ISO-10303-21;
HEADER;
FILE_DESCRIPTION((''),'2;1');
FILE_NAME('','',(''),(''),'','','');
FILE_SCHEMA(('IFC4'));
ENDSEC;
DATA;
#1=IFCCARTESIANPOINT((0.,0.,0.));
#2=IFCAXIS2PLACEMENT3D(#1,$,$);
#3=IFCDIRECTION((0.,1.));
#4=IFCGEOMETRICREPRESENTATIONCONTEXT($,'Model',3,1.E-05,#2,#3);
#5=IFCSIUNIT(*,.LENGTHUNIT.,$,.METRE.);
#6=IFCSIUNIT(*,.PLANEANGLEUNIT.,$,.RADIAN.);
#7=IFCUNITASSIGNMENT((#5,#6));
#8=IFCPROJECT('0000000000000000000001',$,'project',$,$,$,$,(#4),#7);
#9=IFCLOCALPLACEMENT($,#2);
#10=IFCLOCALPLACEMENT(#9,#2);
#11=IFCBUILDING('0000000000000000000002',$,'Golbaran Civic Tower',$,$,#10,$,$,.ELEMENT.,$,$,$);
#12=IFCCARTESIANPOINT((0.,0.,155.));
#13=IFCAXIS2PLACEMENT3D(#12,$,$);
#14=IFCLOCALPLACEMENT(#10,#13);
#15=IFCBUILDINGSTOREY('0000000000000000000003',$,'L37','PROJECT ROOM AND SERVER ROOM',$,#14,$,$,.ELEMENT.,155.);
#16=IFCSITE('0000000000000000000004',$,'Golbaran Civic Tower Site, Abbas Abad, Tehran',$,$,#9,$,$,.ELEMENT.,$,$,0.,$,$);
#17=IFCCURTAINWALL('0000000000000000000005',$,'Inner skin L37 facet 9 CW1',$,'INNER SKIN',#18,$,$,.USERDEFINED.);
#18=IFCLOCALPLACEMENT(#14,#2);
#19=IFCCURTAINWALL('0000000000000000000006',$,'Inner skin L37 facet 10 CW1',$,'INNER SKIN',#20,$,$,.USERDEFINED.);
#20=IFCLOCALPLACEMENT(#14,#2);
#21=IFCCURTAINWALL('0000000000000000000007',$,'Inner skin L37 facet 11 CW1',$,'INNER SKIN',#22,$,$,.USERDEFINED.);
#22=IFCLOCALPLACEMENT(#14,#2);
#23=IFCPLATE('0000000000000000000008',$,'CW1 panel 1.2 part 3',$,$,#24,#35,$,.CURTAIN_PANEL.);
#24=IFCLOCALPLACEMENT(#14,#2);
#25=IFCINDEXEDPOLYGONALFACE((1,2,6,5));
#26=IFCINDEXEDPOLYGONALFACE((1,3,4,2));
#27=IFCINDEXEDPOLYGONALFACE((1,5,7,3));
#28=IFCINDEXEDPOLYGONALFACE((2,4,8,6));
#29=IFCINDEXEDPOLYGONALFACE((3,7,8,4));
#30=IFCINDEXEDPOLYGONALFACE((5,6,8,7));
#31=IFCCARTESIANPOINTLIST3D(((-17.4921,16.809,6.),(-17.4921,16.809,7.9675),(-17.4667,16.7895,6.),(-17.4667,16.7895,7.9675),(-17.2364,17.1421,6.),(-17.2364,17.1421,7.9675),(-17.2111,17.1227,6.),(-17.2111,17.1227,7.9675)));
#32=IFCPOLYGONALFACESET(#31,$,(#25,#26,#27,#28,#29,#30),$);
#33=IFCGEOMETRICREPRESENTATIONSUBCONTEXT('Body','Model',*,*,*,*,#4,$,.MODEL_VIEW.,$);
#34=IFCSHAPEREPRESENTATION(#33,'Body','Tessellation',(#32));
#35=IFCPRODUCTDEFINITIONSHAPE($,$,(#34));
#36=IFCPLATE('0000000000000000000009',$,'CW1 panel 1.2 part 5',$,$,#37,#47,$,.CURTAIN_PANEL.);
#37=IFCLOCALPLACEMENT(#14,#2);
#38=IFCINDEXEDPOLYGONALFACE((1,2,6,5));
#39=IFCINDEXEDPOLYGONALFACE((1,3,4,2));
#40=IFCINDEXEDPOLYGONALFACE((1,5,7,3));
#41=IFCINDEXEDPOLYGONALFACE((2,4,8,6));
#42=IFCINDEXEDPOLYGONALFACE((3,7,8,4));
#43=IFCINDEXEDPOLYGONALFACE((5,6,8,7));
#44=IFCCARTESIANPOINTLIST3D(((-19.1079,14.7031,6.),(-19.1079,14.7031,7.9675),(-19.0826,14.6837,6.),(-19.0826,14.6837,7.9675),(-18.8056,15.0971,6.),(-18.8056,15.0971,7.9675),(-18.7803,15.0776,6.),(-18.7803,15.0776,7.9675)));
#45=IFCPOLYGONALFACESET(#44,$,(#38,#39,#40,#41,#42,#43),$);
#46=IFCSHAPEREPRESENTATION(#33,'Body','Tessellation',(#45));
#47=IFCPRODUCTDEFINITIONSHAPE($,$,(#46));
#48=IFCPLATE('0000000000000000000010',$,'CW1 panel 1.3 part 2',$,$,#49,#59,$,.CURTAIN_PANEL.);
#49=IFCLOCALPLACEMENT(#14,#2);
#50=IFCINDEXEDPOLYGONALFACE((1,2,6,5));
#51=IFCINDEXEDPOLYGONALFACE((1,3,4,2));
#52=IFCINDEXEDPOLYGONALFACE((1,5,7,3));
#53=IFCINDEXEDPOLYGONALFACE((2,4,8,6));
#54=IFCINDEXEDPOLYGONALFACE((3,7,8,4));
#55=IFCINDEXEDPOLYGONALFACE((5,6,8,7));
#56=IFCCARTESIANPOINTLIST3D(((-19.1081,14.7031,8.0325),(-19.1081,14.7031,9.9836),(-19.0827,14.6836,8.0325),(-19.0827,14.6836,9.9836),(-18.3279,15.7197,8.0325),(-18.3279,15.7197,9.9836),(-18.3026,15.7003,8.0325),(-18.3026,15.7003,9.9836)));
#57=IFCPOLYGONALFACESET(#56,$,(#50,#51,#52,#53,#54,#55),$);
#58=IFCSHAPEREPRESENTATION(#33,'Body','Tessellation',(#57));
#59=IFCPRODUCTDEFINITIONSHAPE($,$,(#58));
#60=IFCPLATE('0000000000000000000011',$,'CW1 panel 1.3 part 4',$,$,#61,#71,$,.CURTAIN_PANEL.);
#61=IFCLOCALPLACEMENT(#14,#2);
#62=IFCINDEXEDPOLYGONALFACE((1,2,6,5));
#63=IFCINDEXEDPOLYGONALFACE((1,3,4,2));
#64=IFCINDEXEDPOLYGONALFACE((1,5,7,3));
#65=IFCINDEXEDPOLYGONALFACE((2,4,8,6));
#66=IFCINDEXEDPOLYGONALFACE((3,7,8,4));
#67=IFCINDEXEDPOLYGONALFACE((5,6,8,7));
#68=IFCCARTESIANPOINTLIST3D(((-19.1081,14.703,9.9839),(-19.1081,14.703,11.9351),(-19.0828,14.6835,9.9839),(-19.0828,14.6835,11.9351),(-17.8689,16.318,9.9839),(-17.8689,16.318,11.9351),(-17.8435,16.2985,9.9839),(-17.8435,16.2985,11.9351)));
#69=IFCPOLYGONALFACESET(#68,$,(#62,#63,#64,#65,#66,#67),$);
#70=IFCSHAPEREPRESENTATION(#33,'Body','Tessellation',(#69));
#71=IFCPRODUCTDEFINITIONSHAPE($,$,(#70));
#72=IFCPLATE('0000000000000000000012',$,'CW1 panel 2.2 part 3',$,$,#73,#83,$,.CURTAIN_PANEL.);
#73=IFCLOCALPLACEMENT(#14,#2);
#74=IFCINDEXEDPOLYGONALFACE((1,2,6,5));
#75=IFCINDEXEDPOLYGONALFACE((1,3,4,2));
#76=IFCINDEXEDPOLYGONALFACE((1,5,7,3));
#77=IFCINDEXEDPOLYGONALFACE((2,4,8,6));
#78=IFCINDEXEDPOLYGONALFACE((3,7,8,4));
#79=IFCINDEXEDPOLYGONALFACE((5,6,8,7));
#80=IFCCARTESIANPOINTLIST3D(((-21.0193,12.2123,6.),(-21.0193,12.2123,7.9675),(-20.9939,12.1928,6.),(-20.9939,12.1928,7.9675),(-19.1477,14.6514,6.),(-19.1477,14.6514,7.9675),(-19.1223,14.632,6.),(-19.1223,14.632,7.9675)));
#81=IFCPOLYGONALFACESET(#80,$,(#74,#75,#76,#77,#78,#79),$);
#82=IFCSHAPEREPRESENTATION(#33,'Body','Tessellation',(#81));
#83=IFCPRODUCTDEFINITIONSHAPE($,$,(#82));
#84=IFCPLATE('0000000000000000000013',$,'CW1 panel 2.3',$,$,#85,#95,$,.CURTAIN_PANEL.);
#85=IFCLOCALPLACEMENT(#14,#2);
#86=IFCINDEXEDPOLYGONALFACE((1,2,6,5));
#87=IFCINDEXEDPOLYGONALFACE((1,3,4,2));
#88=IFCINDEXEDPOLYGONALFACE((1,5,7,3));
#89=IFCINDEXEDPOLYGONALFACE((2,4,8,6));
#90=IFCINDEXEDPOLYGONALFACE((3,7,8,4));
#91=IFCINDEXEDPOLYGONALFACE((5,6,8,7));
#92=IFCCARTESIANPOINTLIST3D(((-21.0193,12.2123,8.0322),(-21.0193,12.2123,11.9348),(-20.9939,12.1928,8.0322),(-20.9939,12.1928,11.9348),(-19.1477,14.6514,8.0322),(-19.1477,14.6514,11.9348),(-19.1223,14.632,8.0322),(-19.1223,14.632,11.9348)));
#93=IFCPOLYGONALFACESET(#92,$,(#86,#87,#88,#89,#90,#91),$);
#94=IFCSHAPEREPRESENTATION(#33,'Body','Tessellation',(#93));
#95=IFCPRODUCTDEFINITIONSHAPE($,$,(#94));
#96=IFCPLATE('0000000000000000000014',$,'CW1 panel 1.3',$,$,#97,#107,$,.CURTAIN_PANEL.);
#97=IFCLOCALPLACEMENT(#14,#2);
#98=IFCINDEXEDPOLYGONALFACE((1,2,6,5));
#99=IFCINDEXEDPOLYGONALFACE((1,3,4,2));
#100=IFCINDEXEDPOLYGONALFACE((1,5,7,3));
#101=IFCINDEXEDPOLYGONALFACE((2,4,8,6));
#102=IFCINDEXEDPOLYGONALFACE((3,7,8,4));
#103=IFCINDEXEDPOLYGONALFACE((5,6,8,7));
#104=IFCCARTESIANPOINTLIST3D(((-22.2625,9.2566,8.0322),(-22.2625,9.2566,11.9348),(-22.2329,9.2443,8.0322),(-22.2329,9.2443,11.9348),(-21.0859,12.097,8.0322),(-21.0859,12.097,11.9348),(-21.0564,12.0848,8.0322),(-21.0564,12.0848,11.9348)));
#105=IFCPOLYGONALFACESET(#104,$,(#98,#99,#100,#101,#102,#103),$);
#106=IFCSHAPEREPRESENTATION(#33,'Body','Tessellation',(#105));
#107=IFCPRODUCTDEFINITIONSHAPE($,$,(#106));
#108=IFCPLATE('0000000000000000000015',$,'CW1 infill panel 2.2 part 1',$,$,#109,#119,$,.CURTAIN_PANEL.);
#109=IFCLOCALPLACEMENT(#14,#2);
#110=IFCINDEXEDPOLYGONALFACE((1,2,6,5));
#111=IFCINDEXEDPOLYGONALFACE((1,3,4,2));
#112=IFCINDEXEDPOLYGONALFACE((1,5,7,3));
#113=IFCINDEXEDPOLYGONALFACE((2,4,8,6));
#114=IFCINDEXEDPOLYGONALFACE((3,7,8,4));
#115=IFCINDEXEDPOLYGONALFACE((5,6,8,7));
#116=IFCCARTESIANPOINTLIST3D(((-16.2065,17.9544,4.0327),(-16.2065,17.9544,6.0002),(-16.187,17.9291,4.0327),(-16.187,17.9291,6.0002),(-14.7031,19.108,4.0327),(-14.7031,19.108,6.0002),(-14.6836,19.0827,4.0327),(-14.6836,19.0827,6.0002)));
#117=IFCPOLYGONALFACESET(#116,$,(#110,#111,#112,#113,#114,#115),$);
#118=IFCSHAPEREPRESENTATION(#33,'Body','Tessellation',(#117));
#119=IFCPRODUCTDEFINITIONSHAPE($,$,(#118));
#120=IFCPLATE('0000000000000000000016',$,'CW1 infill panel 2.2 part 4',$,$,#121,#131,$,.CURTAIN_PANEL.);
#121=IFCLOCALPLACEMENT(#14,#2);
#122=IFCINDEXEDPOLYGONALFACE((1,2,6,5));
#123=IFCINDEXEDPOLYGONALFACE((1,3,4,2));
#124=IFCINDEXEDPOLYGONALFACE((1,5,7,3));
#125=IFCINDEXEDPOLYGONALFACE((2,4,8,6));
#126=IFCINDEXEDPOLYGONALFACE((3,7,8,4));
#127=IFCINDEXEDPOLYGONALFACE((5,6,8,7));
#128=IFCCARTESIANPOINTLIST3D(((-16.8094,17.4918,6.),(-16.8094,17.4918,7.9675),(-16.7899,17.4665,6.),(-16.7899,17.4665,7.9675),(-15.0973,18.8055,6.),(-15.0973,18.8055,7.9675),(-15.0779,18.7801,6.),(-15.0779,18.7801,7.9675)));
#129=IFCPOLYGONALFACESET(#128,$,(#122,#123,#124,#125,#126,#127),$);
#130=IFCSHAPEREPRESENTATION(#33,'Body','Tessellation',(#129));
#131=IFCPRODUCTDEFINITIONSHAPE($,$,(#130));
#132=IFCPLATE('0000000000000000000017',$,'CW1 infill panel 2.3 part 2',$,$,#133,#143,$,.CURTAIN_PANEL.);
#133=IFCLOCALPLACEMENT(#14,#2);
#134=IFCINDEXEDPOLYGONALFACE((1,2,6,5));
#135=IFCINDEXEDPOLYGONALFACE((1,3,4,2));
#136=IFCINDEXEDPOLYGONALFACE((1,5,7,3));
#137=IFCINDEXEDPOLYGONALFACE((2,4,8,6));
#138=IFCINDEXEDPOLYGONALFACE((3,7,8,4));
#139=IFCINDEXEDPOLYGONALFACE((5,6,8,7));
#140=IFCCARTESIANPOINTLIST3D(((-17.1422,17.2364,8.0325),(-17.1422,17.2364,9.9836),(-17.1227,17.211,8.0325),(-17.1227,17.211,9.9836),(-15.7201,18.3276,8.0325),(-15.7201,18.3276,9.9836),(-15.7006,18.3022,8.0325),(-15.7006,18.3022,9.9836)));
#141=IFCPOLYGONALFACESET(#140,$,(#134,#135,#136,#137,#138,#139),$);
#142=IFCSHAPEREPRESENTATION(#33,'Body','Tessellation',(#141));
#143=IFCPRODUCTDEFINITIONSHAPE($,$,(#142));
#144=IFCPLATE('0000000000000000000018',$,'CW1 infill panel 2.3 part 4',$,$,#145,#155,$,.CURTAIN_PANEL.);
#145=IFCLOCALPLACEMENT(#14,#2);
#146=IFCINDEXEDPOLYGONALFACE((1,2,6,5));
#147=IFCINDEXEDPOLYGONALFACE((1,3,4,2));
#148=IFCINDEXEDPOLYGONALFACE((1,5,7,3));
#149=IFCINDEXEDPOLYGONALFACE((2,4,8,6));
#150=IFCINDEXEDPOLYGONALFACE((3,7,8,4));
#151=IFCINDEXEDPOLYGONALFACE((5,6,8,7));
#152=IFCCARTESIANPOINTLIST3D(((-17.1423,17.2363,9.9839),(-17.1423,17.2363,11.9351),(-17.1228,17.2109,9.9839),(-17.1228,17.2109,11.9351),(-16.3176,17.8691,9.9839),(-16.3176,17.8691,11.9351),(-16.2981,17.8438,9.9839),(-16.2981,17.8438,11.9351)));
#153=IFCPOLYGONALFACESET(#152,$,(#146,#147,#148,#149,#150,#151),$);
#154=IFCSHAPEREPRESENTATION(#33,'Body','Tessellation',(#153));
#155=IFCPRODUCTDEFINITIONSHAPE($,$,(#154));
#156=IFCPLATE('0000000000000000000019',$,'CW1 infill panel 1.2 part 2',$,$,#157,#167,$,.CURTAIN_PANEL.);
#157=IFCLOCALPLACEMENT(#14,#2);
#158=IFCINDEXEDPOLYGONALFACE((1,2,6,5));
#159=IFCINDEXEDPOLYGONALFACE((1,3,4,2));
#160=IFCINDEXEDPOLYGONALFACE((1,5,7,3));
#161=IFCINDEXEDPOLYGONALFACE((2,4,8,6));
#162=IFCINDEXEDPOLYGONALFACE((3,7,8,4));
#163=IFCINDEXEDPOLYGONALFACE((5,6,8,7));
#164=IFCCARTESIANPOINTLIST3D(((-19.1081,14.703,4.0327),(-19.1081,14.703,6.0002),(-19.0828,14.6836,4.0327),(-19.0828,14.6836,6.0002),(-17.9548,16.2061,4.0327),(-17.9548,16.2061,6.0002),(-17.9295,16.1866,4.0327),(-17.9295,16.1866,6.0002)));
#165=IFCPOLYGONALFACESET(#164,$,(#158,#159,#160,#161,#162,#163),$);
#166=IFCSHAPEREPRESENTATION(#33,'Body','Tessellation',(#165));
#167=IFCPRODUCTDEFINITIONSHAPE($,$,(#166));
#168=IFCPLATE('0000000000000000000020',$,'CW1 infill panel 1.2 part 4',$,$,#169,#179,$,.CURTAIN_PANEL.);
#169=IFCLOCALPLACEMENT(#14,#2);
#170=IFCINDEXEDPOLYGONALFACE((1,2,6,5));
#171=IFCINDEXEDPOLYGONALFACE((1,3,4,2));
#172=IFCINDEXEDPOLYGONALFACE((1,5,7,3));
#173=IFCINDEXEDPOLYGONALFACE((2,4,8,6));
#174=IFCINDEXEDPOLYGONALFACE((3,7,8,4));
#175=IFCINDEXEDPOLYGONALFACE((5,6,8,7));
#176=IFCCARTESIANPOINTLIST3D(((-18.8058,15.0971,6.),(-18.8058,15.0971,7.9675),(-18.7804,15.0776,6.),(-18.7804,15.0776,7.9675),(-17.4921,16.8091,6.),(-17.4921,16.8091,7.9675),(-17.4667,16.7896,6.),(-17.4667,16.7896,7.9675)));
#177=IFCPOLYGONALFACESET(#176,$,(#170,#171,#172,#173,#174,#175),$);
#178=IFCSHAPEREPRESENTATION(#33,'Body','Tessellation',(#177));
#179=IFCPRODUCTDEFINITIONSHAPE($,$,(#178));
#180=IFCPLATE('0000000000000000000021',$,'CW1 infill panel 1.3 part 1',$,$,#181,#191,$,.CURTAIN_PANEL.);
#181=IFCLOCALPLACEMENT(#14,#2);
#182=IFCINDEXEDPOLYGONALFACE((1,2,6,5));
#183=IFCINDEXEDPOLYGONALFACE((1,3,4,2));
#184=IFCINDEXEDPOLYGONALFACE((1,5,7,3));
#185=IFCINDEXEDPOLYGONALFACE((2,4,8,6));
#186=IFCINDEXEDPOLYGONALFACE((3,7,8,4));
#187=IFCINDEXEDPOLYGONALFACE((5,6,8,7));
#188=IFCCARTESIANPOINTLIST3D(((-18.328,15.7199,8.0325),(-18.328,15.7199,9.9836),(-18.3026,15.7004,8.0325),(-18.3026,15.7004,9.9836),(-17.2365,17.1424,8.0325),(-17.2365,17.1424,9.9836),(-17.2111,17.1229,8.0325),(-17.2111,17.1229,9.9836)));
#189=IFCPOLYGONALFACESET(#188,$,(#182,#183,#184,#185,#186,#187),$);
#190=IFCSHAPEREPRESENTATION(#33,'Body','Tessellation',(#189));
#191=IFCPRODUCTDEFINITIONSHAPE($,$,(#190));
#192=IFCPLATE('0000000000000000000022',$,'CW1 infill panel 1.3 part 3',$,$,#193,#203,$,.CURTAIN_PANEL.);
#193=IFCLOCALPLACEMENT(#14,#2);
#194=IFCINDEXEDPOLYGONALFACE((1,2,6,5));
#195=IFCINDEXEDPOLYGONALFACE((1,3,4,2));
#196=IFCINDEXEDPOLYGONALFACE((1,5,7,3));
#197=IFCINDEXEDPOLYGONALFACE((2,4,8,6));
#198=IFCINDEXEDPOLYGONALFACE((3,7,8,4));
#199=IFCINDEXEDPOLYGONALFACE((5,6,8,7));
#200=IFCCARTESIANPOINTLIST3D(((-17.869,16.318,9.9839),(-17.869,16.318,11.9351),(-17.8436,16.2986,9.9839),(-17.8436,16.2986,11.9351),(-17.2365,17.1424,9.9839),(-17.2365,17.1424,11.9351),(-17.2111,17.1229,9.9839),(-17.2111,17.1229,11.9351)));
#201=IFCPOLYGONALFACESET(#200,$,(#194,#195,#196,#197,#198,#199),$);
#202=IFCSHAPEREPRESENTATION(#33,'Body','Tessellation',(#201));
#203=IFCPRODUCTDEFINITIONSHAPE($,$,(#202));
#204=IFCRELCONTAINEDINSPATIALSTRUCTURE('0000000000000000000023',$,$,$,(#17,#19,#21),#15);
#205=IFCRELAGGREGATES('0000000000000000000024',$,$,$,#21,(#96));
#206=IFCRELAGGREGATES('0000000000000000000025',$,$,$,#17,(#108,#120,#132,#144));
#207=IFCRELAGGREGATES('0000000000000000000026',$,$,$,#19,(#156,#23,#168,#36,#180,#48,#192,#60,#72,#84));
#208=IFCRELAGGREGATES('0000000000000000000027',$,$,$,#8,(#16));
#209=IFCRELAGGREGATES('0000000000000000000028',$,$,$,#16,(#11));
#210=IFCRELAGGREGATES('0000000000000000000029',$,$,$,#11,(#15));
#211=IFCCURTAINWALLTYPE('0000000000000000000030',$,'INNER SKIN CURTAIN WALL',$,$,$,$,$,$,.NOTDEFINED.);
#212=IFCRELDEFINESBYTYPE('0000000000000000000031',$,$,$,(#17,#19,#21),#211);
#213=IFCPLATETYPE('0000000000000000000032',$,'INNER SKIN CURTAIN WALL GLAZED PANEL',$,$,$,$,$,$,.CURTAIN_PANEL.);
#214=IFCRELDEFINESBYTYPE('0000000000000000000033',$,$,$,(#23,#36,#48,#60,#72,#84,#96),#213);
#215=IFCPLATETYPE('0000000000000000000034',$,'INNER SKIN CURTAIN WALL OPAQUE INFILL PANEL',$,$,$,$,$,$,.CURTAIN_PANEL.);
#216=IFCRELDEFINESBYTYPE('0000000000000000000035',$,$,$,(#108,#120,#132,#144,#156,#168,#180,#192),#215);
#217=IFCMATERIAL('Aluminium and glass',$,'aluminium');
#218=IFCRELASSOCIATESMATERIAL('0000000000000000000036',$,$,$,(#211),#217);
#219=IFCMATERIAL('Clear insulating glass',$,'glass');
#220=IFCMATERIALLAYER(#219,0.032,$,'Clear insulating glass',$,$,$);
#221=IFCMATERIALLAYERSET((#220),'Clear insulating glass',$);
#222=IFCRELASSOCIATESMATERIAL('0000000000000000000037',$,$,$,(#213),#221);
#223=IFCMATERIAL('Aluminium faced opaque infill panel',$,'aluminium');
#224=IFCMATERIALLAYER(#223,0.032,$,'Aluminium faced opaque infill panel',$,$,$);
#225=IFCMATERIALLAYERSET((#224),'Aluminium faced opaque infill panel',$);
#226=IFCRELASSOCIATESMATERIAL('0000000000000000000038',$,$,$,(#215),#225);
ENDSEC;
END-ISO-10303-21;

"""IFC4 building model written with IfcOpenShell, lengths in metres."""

from ifc_helpers import new_model, si_unit, direction, frame, origin, origin_2d, place, context, subcontext, project, spatial, rectangle, extrude, material, layer, layer_set, type_object, element, aggregate, save


model = new_model("IFC4")

# Units and contexts
model_context = context("Model", 3, precision=1e-05, world=origin(), true_north=direction((0.0, 1.0)))
body_context = subcontext(model_context, "Body", "Model", "MODEL_VIEW")
ifc_project = project(units=[si_unit("LENGTHUNIT", "METRE"), si_unit("PLANEANGLEUNIT", "RADIAN")], contexts=[model_context])

# Site, building, storey
site_placement = place(None, origin())
site = spatial("IfcSite", under=ifc_project, at=site_placement, Name="Golbaran Civic Tower Site, Abbas Abad, Tehran", CompositionType="ELEMENT", RefElevation=0.0)
building_placement = place(site_placement, origin())
building = spatial("IfcBuilding", under=site, at=building_placement, Name="Golbaran Civic Tower", CompositionType="ELEMENT")
storey_placement = place(building_placement, frame((0.0, 0.0, 155.0)))
storey = spatial("IfcBuildingStorey", under=building, at=storey_placement, Name="L37", Description="PROJECT ROOM AND SERVER ROOM", CompositionType="ELEMENT", Elevation=155.0)

# Curtain walls
ifc_material_1 = material(Name="Aluminium and glass", Category="aluminium")
curtain_wall_type = type_object("IfcCurtainWallType", Name="INNER SKIN CURTAIN WALL", PredefinedType="NOTDEFINED", material=ifc_material_1)
curtain_wall_1_placement = place(storey_placement, origin())
curtain_wall_1 = element("IfcCurtainWall", 1, at=curtain_wall_1_placement, inside=storey, type_object=curtain_wall_type, Name="Inner skin L37 facet 9 CW1", ObjectType="INNER SKIN", PredefinedType="USERDEFINED")
curtain_wall_2_placement = place(storey_placement, origin())
curtain_wall_2 = element("IfcCurtainWall", 2, at=curtain_wall_2_placement, inside=storey, type_object=curtain_wall_type, Name="Inner skin L37 facet 10 CW1", ObjectType="INNER SKIN", PredefinedType="USERDEFINED")
curtain_wall_3_placement = place(storey_placement, origin())
curtain_wall_3 = element("IfcCurtainWall", 3, at=curtain_wall_3_placement, inside=storey, type_object=curtain_wall_type, Name="Inner skin L37 facet 11 CW1", ObjectType="INNER SKIN", PredefinedType="USERDEFINED")

# Plates
ifc_material_2 = material(Name="Clear insulating glass", Category="glass")
ifc_layer_1 = layer(ifc_material_2, 0.032, Name="Clear insulating glass")
ifc_layer_set_1 = layer_set([ifc_layer_1], Name="Clear insulating glass")
plate_type_1 = type_object("IfcPlateType", Name="INNER SKIN CURTAIN WALL GLAZED PANEL", PredefinedType="CURTAIN_PANEL", material=ifc_layer_set_1)
plate_1_placement = place(storey_placement, frame((-17.3516, 16.9658, 6.0), z_axis=(0.0, 0.0, 1.0), x_axis=(-0.608761, -0.793353, 0.0)))
plate_1 = element("IfcPlate", 4, at=plate_1_placement, type_object=plate_type_1, Name="CW1 panel 1.2 part 3", PredefinedType="CURTAIN_PANEL", context=body_context, shape_type="SweptSolid", body=[
    extrude(rectangle(XDim=0.4199, YDim=0.032, at=origin_2d()), origin(), (0.0, 0.0, 1.0), 1.9675),
])
plate_2_placement = place(storey_placement, frame((-18.9441, 14.8904, 6.0), z_axis=(0.0, 0.0, 1.0), x_axis=(-0.608761, -0.793353, 0.0)))
plate_2 = element("IfcPlate", 5, at=plate_2_placement, type_object=plate_type_1, Name="CW1 panel 1.2 part 5", PredefinedType="CURTAIN_PANEL", context=body_context, shape_type="SweptSolid", body=[
    extrude(rectangle(XDim=0.4966, YDim=0.032, at=origin_2d()), origin(), (0.0, 0.0, 1.0), 1.9675),
])
plate_3_placement = place(storey_placement, frame((-18.7053, 15.2017, 8.0325), z_axis=(0.0, 0.0, 1.0), x_axis=(-0.608761, -0.793353, 0.0)))
plate_3 = element("IfcPlate", 6, at=plate_3_placement, type_object=plate_type_1, Name="CW1 panel 1.3 part 2", PredefinedType="CURTAIN_PANEL", context=body_context, shape_type="SweptSolid", body=[
    extrude(rectangle(XDim=1.2815, YDim=0.032, at=origin_2d()), origin(), (0.0, 0.0, 1.0), 1.9512),
])
plate_4_placement = place(storey_placement, frame((-18.4758, 15.5007, 9.9839), z_axis=(0.0, 0.0, 1.0), x_axis=(-0.608761, -0.793353, 0.0)))
plate_4 = element("IfcPlate", 7, at=plate_4_placement, type_object=plate_type_1, Name="CW1 panel 1.3 part 4", PredefinedType="CURTAIN_PANEL", context=body_context, shape_type="SweptSolid", body=[
    extrude(rectangle(XDim=2.0356, YDim=0.032, at=origin_2d()), origin(), (0.0, 0.0, 1.0), 1.9512),
])
plate_5_placement = place(storey_placement, frame((-20.0708, 13.4221, 6.0), z_axis=(0.0, 0.0, 1.0), x_axis=(-0.608761, -0.793353, 0.0)))
plate_5 = element("IfcPlate", 8, at=plate_5_placement, type_object=plate_type_1, Name="CW1 panel 2.2 part 3", PredefinedType="CURTAIN_PANEL", context=body_context, shape_type="SweptSolid", body=[
    extrude(rectangle(XDim=3.0745, YDim=0.032, at=origin_2d()), origin(), (0.0, 0.0, 1.0), 1.9675),
])
plate_6_placement = place(storey_placement, frame((-20.0708, 13.4221, 8.0322), z_axis=(0.0, 0.0, 1.0), x_axis=(-0.608761, -0.793353, 0.0)))
plate_6 = element("IfcPlate", 9, at=plate_6_placement, type_object=plate_type_1, Name="CW1 panel 2.3", PredefinedType="CURTAIN_PANEL", context=body_context, shape_type="SweptSolid", body=[
    extrude(rectangle(XDim=3.0745, YDim=0.032, at=origin_2d()), origin(), (0.0, 0.0, 1.0), 3.9026),
])
plate_7_placement = place(storey_placement, frame((-21.6594, 10.6707, 8.0322), z_axis=(0.0, 0.0, 1.0), x_axis=(-0.382683, -0.92388, 0.0)))
plate_7 = element("IfcPlate", 10, at=plate_7_placement, type_object=plate_type_1, Name="CW1 panel 1.3", PredefinedType="CURTAIN_PANEL", context=body_context, shape_type="SweptSolid", body=[
    extrude(rectangle(XDim=3.0745, YDim=0.032, at=origin_2d()), origin(), (0.0, 0.0, 1.0), 3.9026),
])
aggregate(curtain_wall_3, [plate_7])
ifc_material_3 = material(Name="Aluminium faced opaque infill panel", Category="aluminium")
ifc_layer_2 = layer(ifc_material_3, 0.032, Name="Aluminium faced opaque infill panel")
ifc_layer_set_2 = layer_set([ifc_layer_2], Name="Aluminium faced opaque infill panel")
plate_type_2 = type_object("IfcPlateType", Name="INNER SKIN CURTAIN WALL OPAQUE INFILL PANEL", PredefinedType="CURTAIN_PANEL", material=ifc_layer_set_2)
plate_8_placement = place(storey_placement, frame((-15.4451, 18.5186, 4.0327), z_axis=(0.0, 0.0, 1.0), x_axis=(-0.793353, -0.608761, 0.0)))
plate_8 = element("IfcPlate", 11, at=plate_8_placement, type_object=plate_type_2, Name="CW1 infill panel 2.2 part 1", PredefinedType="CURTAIN_PANEL", context=body_context, shape_type="SweptSolid", body=[
    extrude(rectangle(XDim=1.895, YDim=0.032, at=origin_2d()), origin(), (0.0, 0.0, 1.0), 1.9675),
])
plate_9_placement = place(storey_placement, frame((-15.9436, 18.136, 6.0), z_axis=(0.0, 0.0, 1.0), x_axis=(-0.793353, -0.608761, 0.0)))
plate_9 = element("IfcPlate", 12, at=plate_9_placement, type_object=plate_type_2, Name="CW1 infill panel 2.2 part 4", PredefinedType="CURTAIN_PANEL", context=body_context, shape_type="SweptSolid", body=[
    extrude(rectangle(XDim=2.158, YDim=0.032, at=origin_2d()), origin(), (0.0, 0.0, 1.0), 1.9675),
])
plate_10_placement = place(storey_placement, frame((-16.4214, 17.7693, 8.0325), z_axis=(0.0, 0.0, 1.0), x_axis=(-0.793353, -0.608761, 0.0)))
plate_10 = element("IfcPlate", 13, at=plate_10_placement, type_object=plate_type_2, Name="CW1 infill panel 2.3 part 2", PredefinedType="CURTAIN_PANEL", context=body_context, shape_type="SweptSolid", body=[
    extrude(rectangle(XDim=1.7925, YDim=0.032, at=origin_2d()), origin(), (0.0, 0.0, 1.0), 1.9512),
])
plate_11_placement = place(storey_placement, frame((-16.7202, 17.54, 9.9839), z_axis=(0.0, 0.0, 1.0), x_axis=(-0.793353, -0.608761, 0.0)))
plate_11 = element("IfcPlate", 14, at=plate_11_placement, type_object=plate_type_2, Name="CW1 infill panel 2.3 part 4", PredefinedType="CURTAIN_PANEL", context=body_context, shape_type="SweptSolid", body=[
    extrude(rectangle(XDim=1.0396, YDim=0.032, at=origin_2d()), origin(), (0.0, 0.0, 1.0), 1.9512),
])
aggregate(curtain_wall_1, [plate_8, plate_9, plate_10, plate_11])
plate_12_placement = place(storey_placement, frame((-18.5188, 15.4448, 4.0327), z_axis=(0.0, 0.0, 1.0), x_axis=(-0.608761, -0.793353, 0.0)))
plate_12 = element("IfcPlate", 15, at=plate_12_placement, type_object=plate_type_2, Name="CW1 infill panel 1.2 part 2", PredefinedType="CURTAIN_PANEL", context=body_context, shape_type="SweptSolid", body=[
    extrude(rectangle(XDim=1.8945, YDim=0.032, at=origin_2d()), origin(), (0.0, 0.0, 1.0), 1.9675),
])
plate_13_placement = place(storey_placement, frame((-18.1362, 15.9434, 6.0), z_axis=(0.0, 0.0, 1.0), x_axis=(-0.608761, -0.793353, 0.0)))
plate_13 = element("IfcPlate", 16, at=plate_13_placement, type_object=plate_type_2, Name="CW1 infill panel 1.2 part 4", PredefinedType="CURTAIN_PANEL", context=body_context, shape_type="SweptSolid", body=[
    extrude(rectangle(XDim=2.158, YDim=0.032, at=origin_2d()), origin(), (0.0, 0.0, 1.0), 1.9675),
])
plate_14_placement = place(storey_placement, frame((-17.7695, 16.4214, 8.0325), z_axis=(0.0, 0.0, 1.0), x_axis=(-0.608761, -0.793353, 0.0)))
plate_14 = element("IfcPlate", 17, at=plate_14_placement, type_object=plate_type_2, Name="CW1 infill panel 1.3 part 1", PredefinedType="CURTAIN_PANEL", context=body_context, shape_type="SweptSolid", body=[
    extrude(rectangle(XDim=1.793, YDim=0.032, at=origin_2d()), origin(), (0.0, 0.0, 1.0), 1.9512),
])
plate_15_placement = place(storey_placement, frame((-17.54, 16.7205, 9.9839), z_axis=(0.0, 0.0, 1.0), x_axis=(-0.608761, -0.793353, 0.0)))
plate_15 = element("IfcPlate", 18, at=plate_15_placement, type_object=plate_type_2, Name="CW1 infill panel 1.3 part 3", PredefinedType="CURTAIN_PANEL", context=body_context, shape_type="SweptSolid", body=[
    extrude(rectangle(XDim=1.0391, YDim=0.032, at=origin_2d()), origin(), (0.0, 0.0, 1.0), 1.9512),
])
aggregate(curtain_wall_2, [plate_12, plate_1, plate_13, plate_2, plate_14, plate_3, plate_15, plate_4, plate_5, plate_6])

save(model, "model.ifc")
